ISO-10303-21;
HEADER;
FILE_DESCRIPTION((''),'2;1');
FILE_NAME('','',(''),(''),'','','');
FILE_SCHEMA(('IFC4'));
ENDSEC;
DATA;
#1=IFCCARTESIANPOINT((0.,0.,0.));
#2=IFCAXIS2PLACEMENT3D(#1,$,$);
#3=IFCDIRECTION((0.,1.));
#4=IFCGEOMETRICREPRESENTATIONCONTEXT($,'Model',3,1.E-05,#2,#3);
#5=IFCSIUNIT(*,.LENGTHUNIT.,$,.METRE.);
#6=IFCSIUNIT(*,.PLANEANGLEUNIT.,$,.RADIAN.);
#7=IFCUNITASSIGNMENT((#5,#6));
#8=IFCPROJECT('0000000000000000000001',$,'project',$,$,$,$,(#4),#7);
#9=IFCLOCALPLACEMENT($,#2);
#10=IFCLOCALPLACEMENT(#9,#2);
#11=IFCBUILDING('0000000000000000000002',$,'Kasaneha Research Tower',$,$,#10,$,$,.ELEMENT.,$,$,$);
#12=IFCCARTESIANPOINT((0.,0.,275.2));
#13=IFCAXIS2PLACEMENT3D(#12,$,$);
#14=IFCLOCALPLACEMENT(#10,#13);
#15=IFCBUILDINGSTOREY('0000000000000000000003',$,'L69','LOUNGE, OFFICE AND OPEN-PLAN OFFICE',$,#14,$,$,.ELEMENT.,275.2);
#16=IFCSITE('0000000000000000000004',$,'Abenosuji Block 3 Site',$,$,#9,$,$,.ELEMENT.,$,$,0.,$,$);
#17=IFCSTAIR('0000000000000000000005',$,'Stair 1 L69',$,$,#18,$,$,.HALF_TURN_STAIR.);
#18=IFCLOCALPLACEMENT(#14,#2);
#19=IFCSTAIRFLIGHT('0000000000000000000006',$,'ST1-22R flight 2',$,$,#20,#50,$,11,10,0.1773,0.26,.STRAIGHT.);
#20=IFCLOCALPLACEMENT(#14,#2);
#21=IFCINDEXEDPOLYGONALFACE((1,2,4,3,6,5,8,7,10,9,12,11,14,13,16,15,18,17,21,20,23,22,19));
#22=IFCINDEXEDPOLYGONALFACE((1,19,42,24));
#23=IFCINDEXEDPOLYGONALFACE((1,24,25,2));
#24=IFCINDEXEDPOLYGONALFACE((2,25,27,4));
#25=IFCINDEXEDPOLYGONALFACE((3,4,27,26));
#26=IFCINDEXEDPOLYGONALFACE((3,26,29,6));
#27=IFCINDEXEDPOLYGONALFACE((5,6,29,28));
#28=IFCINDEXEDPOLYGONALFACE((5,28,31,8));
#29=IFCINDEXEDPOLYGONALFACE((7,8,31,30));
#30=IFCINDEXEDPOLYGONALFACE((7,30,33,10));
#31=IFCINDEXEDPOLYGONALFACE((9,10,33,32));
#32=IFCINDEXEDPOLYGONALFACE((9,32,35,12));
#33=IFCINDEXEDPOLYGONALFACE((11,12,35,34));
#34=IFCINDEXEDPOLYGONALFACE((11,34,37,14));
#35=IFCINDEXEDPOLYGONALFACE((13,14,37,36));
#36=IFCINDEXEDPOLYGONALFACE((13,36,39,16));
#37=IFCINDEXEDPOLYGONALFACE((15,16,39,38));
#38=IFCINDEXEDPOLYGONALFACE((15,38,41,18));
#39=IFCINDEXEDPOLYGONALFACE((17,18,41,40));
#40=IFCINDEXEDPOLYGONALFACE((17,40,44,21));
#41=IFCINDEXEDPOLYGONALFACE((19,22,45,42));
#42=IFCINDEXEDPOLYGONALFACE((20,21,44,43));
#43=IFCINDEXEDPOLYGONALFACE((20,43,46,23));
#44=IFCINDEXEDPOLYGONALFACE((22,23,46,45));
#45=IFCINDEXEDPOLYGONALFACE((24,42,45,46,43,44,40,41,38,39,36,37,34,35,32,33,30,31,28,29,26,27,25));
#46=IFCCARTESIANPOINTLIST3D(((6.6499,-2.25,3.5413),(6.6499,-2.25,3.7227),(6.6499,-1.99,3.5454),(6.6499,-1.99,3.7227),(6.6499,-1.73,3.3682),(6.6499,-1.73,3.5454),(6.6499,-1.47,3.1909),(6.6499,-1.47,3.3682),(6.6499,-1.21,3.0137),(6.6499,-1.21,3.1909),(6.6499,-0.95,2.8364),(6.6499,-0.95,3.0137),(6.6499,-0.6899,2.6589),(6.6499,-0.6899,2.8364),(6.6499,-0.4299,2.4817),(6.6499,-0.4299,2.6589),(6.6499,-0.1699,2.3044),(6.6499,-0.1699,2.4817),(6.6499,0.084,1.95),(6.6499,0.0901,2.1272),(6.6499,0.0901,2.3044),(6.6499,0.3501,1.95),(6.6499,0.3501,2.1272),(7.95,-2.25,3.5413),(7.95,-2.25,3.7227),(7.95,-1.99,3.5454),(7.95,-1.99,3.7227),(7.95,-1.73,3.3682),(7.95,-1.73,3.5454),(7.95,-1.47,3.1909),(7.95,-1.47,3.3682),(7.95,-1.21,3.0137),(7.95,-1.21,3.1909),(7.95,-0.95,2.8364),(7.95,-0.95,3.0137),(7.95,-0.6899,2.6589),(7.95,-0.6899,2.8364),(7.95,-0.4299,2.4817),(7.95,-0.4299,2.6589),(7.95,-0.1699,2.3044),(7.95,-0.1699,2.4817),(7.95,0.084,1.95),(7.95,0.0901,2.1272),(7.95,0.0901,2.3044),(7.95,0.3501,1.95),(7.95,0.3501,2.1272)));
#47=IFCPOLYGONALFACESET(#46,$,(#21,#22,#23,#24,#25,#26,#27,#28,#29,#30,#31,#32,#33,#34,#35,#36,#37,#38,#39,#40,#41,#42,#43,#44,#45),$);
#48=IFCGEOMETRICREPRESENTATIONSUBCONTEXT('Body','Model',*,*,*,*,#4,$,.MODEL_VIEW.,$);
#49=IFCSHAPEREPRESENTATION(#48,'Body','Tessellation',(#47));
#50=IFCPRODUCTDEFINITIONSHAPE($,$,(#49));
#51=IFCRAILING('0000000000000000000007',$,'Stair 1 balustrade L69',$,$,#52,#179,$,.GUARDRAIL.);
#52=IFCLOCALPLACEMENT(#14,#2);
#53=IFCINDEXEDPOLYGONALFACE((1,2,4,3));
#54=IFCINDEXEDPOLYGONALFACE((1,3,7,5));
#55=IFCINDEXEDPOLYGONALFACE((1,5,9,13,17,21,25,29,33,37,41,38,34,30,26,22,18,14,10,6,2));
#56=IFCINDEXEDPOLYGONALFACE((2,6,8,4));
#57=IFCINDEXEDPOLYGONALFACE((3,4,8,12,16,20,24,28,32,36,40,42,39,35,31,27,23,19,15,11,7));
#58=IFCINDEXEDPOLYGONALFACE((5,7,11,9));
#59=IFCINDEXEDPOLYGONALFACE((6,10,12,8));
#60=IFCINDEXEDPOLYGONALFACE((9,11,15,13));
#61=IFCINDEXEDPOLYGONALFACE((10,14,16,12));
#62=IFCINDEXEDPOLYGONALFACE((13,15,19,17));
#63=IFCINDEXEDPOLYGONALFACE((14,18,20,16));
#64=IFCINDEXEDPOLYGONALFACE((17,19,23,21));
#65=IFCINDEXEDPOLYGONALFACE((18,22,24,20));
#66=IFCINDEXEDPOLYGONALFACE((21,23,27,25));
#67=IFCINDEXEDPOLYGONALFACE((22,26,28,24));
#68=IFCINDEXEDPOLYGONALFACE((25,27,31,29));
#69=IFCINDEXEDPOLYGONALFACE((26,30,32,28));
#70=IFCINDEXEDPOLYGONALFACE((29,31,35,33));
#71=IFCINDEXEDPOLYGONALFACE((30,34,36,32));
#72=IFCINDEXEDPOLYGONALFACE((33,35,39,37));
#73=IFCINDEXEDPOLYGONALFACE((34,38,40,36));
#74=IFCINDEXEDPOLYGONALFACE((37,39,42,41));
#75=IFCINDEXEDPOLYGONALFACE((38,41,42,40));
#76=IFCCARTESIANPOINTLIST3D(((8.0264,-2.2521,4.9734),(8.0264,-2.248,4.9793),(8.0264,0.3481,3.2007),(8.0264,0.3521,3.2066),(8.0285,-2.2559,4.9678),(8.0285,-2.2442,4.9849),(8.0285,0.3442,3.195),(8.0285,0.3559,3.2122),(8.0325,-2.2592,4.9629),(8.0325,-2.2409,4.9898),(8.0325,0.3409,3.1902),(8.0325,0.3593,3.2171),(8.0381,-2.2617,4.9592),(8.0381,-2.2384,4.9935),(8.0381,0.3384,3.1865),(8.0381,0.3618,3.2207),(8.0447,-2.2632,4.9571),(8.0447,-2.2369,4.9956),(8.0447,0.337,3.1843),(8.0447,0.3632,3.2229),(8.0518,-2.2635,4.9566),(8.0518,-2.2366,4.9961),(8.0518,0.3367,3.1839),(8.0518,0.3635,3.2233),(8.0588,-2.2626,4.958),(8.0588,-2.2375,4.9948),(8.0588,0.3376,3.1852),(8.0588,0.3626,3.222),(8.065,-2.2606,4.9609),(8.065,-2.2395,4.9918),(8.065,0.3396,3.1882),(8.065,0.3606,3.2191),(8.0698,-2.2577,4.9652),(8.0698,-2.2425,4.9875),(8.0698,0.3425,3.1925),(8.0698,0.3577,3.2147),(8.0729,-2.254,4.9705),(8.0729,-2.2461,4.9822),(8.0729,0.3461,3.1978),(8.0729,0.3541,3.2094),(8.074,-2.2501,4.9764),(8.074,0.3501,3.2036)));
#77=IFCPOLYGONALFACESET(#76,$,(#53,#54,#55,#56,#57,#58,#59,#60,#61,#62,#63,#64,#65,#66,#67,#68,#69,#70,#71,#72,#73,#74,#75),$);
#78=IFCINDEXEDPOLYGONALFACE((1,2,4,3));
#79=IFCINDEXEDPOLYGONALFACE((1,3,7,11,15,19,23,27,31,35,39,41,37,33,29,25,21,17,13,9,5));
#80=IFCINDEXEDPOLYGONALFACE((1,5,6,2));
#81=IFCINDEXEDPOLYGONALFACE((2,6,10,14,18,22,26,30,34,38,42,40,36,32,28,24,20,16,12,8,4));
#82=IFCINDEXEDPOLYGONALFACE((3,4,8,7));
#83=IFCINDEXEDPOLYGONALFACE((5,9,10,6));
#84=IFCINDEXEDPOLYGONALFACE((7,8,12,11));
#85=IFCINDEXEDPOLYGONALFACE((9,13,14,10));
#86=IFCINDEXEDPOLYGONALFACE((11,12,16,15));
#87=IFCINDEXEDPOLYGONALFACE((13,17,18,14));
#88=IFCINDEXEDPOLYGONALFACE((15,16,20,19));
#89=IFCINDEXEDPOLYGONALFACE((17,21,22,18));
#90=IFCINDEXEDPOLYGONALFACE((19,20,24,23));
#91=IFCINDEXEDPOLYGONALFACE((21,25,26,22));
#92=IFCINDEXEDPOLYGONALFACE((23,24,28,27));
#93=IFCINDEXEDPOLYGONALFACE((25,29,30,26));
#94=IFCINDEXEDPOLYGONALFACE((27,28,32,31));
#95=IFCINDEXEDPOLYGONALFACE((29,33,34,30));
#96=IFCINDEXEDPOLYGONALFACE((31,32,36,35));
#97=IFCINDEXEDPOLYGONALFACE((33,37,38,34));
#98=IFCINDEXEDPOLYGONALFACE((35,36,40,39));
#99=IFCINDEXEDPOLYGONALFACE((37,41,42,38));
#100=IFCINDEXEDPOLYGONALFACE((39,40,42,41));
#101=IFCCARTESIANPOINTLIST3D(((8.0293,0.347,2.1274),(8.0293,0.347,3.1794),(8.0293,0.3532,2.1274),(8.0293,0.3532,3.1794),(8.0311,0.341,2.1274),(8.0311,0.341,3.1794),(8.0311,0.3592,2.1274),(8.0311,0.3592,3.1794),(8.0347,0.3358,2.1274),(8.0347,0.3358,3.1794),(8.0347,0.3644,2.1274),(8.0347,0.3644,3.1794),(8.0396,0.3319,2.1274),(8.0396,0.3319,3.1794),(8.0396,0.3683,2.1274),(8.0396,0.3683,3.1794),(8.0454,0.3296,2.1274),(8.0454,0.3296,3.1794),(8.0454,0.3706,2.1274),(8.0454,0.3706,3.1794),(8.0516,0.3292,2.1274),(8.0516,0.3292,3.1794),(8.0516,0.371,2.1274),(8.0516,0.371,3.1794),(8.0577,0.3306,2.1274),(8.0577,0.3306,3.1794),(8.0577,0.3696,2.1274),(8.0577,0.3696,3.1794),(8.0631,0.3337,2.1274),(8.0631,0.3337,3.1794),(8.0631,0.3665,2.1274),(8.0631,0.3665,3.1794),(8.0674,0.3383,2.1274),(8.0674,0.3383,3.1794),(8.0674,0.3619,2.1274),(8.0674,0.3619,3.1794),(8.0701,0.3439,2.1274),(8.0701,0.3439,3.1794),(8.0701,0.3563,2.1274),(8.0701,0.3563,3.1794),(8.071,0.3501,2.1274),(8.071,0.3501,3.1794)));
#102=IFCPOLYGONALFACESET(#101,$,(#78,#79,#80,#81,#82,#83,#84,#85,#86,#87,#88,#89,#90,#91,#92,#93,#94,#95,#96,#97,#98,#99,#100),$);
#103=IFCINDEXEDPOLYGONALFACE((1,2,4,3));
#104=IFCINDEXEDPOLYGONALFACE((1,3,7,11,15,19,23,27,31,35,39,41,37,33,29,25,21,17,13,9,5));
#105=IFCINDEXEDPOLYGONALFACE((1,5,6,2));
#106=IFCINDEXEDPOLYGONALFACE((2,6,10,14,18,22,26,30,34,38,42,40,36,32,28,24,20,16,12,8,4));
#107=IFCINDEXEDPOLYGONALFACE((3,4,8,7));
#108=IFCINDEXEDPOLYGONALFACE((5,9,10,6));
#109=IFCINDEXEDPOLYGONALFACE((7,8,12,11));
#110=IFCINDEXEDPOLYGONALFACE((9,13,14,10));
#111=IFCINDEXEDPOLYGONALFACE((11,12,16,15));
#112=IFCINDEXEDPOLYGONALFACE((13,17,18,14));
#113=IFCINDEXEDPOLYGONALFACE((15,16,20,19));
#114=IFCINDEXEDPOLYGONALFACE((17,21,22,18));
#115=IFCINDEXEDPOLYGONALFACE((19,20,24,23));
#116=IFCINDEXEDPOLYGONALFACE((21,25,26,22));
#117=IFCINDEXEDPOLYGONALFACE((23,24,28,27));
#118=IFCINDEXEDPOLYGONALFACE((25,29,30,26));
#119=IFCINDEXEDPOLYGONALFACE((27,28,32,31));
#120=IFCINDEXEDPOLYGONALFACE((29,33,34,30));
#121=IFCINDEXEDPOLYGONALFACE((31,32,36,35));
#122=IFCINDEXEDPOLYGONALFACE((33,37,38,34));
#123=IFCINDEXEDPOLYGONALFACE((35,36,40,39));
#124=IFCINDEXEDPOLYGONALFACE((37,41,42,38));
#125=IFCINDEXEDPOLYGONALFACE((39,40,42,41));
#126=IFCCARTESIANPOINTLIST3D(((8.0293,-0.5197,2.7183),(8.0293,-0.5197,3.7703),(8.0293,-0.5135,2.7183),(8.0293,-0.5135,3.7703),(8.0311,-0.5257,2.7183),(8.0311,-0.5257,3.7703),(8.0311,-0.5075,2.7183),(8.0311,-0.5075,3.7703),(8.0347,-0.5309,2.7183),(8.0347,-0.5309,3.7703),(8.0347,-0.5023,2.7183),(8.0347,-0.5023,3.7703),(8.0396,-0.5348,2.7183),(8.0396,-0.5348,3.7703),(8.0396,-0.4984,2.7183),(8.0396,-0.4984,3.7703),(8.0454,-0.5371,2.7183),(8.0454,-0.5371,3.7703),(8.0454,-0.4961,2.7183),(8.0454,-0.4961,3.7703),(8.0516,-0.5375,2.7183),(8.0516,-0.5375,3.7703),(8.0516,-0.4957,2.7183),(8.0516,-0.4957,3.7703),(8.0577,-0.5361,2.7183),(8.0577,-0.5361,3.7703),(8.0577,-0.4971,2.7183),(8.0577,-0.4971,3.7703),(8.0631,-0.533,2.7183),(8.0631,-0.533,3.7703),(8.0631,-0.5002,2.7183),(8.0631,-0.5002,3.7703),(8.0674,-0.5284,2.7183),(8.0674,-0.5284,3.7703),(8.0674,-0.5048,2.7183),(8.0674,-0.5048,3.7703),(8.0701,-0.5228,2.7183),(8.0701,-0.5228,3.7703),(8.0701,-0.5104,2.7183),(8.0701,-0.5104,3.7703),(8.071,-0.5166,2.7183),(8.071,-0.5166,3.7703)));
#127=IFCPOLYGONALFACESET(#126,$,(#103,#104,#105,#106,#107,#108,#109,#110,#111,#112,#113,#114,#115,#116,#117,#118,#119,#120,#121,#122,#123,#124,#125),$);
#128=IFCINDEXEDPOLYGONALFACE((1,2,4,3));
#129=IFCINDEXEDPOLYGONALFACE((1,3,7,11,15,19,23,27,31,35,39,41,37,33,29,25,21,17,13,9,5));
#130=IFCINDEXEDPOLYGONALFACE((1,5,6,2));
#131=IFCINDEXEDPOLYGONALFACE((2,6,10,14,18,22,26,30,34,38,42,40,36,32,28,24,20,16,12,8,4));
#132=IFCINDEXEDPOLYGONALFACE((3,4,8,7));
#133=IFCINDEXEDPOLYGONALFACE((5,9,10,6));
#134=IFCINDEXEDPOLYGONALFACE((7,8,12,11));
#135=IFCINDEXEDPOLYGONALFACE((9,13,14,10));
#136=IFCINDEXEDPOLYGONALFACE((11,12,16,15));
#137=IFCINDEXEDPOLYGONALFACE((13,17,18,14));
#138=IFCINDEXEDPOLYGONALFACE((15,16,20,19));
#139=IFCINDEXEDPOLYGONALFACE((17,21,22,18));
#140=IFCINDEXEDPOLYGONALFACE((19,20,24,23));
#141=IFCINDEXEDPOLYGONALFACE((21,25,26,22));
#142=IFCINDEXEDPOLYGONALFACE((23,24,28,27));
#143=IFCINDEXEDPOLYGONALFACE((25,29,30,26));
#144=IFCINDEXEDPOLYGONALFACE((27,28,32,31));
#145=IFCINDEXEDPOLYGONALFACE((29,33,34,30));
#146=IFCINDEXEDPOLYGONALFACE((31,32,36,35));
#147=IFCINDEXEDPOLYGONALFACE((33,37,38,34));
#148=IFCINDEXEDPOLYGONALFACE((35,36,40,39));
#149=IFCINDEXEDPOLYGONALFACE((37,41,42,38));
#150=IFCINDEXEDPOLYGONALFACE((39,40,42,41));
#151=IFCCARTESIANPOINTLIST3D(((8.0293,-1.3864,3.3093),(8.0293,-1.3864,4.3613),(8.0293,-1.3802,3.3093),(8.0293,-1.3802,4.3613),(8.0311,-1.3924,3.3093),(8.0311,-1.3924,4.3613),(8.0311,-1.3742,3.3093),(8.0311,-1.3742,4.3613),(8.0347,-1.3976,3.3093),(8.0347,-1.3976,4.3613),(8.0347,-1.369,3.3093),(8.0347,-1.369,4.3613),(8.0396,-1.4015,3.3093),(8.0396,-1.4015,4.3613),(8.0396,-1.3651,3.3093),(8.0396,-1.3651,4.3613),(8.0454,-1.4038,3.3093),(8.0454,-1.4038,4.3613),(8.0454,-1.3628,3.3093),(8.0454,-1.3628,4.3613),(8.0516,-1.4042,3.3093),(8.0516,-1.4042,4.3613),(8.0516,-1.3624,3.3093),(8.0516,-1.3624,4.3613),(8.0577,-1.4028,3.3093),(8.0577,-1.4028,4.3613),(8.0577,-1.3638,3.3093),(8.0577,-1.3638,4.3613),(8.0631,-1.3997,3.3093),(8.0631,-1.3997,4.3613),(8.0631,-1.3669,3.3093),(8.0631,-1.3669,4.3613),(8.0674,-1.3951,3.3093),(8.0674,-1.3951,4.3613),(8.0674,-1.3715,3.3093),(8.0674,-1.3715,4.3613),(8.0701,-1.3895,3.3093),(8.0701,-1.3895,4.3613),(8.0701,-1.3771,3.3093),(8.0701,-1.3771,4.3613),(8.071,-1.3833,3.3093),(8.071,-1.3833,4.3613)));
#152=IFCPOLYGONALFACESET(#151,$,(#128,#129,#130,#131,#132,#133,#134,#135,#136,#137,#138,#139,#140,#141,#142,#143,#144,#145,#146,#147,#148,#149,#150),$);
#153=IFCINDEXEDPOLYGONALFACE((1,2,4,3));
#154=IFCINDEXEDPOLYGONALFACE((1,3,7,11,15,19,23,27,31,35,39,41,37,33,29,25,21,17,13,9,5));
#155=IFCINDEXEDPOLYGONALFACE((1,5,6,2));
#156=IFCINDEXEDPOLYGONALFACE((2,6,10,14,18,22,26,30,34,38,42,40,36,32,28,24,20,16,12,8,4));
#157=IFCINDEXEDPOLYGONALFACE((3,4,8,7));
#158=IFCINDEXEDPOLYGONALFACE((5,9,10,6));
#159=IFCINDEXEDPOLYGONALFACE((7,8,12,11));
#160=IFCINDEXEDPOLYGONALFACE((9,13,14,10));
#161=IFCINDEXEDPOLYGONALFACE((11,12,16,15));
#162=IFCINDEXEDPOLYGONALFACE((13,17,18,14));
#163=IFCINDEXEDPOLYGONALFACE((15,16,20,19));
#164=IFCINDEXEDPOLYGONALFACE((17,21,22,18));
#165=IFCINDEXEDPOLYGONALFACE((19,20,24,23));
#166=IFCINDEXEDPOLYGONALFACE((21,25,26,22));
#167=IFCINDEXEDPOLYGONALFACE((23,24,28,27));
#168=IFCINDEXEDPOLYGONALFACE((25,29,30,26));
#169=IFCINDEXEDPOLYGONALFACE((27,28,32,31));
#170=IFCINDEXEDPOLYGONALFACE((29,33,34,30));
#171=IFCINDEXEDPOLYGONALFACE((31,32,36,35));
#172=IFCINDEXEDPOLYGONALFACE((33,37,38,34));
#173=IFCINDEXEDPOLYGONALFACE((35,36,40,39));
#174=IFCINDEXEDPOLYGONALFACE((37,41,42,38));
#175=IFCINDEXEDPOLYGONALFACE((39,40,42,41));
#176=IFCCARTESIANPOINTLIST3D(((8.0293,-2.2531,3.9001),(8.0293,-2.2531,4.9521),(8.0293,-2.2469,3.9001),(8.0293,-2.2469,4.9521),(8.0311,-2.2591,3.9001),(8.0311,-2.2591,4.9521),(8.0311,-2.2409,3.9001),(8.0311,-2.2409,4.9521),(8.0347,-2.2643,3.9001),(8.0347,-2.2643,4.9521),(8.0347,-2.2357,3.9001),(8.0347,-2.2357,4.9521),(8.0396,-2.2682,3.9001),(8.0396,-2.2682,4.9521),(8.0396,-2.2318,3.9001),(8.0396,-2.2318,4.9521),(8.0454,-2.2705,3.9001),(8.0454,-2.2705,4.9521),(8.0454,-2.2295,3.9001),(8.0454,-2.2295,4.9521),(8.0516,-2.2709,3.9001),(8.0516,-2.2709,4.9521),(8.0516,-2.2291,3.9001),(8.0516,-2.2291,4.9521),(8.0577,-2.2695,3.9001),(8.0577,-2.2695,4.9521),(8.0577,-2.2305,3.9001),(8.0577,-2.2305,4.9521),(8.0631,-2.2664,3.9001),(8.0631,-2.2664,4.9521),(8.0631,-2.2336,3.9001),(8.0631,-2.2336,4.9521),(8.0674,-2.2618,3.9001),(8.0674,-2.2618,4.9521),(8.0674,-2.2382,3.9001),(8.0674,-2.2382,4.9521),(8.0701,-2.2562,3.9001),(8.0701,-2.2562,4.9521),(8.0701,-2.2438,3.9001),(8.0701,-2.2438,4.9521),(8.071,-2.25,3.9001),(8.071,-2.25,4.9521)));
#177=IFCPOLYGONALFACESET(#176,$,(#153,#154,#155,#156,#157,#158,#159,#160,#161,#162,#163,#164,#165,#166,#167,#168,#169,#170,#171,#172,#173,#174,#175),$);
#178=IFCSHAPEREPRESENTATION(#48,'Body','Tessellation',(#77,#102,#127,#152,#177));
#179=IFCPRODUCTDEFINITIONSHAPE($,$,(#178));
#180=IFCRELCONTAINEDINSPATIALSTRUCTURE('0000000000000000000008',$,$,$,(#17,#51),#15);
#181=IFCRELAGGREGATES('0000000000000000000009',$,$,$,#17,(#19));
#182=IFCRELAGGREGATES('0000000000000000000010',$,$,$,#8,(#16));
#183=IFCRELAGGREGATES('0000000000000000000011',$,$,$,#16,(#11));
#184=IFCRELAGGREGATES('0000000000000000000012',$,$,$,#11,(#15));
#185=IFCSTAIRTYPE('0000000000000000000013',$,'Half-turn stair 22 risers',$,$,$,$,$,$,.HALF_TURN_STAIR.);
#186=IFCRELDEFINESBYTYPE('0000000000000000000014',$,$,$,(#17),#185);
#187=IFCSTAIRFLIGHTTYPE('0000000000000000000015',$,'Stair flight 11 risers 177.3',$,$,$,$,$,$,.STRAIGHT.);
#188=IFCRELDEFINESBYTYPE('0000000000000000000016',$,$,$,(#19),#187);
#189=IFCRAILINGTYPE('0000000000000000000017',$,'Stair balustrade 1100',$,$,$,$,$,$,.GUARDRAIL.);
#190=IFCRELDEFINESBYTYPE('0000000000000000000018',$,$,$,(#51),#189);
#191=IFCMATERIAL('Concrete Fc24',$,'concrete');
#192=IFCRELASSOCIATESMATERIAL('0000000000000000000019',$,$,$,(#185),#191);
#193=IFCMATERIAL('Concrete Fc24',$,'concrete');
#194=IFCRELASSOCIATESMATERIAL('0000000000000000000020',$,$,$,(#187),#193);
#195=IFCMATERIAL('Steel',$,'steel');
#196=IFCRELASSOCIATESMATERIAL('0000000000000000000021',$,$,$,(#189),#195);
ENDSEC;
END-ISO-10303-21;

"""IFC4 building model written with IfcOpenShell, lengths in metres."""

from ifc_helpers import new_model, si_unit, direction, frame, origin, origin_2d, place, context, subcontext, project, spatial, polyline, circle, outline, extrude, material, type_object, element, aggregate, save


model = new_model("IFC4")

# Units and contexts
model_context = context("Model", 3, precision=1e-05, world=origin(), true_north=direction((0.0, 1.0)))
body_context = subcontext(model_context, "Body", "Model", "MODEL_VIEW")
ifc_project = project(units=[si_unit("LENGTHUNIT", "METRE"), si_unit("PLANEANGLEUNIT", "RADIAN")], contexts=[model_context])

# Site, building, storey
site_placement = place(None, origin())
site = spatial("IfcSite", under=ifc_project, at=site_placement, Name="Abenosuji Block 3 Site", CompositionType="ELEMENT", RefElevation=0.0)
building_placement = place(site_placement, origin())
building = spatial("IfcBuilding", under=site, at=building_placement, Name="Kasaneha Research Tower", CompositionType="ELEMENT")
storey_placement = place(building_placement, frame((0.0, 0.0, 275.2)))
storey = spatial("IfcBuildingStorey", under=building, at=storey_placement, Name="L69", Description="LOUNGE, OFFICE AND OPEN-PLAN OFFICE", CompositionType="ELEMENT", Elevation=275.2)

# Shared definitions
ifc_material_1 = material(Name="Concrete Fc24", Category="concrete")
stair_type = type_object("IfcStairType", Name="Half-turn stair 22 risers", PredefinedType="HALF_TURN_STAIR", material=ifc_material_1)

# Stair, stair flight
stair_1_placement = place(storey_placement, origin())
stair_1 = element("IfcStair", 1, at=stair_1_placement, inside=storey, type_object=stair_type, Name="Stair 1 L69", PredefinedType="HALF_TURN_STAIR")
ifc_material_2 = material(Name="Concrete Fc24", Category="concrete")
stair_flight_type = type_object("IfcStairFlightType", Name="Stair flight 11 risers 177.3", PredefinedType="STRAIGHT", material=ifc_material_2)
stair_flight_placement = place(storey_placement, frame((7.3, 0.3501, 1.95), z_axis=(0.0, 0.0, 1.0), x_axis=(0.0, -1.0, 0.0)))
stair_flight = element("IfcStairFlight", 2, at=stair_flight_placement, type_object=stair_flight_type, Name="ST1-22R flight 2", NumberOfRisers=11, NumberOfTreads=10, PredefinedType="STRAIGHT", RiserHeight=0.1773, TreadLength=0.26, context=body_context, shape_type="SweptSolid", body=[
    extrude(outline(polyline([(0.0, 0.0), (0.0, 0.1772), (0.26, 0.1772), (0.26, 0.3545), (0.52, 0.3545), (0.52, 0.5317), (0.78, 0.5317), (0.78, 0.709), (1.04, 0.709), (1.04, 0.8865), (1.3, 0.8865), (1.3, 1.0637), (1.5601, 1.0637), (1.5601, 1.241), (1.8201, 1.241), (1.8201, 1.4182), (2.0801, 1.4182), (2.0801, 1.5955), (2.3401, 1.5955), (2.3401, 1.7727), (2.6001, 1.7727), (2.6001, 1.95), (2.6001, 1.5913), (0.2661, 0.0), (0.0, 0.0)])), frame((0.0, 0.6499, 0.0), z_axis=(0.0, -1.0, 0.0), x_axis=(1.0, 0.0, 0.0)), (0.0, 0.0, 1.0), 1.3),
])
aggregate(stair_1, [stair_flight])

# Railing
ifc_material_3 = material(Name="Steel", Category="steel")
railing_type_1 = type_object("IfcRailingType", Name="Stair balustrade 1100", PredefinedType="GUARDRAIL", material=ifc_material_3)
railing_1_placement = place(storey_placement, frame((8.05, 0.3501, 2.1274)))
element("IfcRailing", 3, at=railing_1_placement, inside=storey, type_object=railing_type_1, Name="Stair 1 balustrade L69", PredefinedType="GUARDRAIL", context=body_context, shape_type="SweptSolid", body=[
    extrude(circle(Radius=0.0239, at=origin_2d()), frame((0.0, 0.0, 1.0762), z_axis=(0.0, -0.82624, 0.563318), x_axis=(1.0, 0.0, 0.0)), (0.0, 0.0, 1.0), 3.147),
    extrude(circle(Radius=0.021, at=origin_2d()), origin(), (0.0, 0.0, 1.0), 1.052),
    extrude(circle(Radius=0.021, at=origin_2d()), frame((0.0, -0.8667, 0.5908)), (0.0, 0.0, 1.0), 1.052),
    extrude(circle(Radius=0.021, at=origin_2d()), frame((0.0, -1.7334, 1.1819)), (0.0, 0.0, 1.0), 1.052),
    extrude(circle(Radius=0.021, at=origin_2d()), frame((0.0, -2.6001, 1.7727)), (0.0, 0.0, 1.0), 1.052),
])

save(model, "model.ifc")
